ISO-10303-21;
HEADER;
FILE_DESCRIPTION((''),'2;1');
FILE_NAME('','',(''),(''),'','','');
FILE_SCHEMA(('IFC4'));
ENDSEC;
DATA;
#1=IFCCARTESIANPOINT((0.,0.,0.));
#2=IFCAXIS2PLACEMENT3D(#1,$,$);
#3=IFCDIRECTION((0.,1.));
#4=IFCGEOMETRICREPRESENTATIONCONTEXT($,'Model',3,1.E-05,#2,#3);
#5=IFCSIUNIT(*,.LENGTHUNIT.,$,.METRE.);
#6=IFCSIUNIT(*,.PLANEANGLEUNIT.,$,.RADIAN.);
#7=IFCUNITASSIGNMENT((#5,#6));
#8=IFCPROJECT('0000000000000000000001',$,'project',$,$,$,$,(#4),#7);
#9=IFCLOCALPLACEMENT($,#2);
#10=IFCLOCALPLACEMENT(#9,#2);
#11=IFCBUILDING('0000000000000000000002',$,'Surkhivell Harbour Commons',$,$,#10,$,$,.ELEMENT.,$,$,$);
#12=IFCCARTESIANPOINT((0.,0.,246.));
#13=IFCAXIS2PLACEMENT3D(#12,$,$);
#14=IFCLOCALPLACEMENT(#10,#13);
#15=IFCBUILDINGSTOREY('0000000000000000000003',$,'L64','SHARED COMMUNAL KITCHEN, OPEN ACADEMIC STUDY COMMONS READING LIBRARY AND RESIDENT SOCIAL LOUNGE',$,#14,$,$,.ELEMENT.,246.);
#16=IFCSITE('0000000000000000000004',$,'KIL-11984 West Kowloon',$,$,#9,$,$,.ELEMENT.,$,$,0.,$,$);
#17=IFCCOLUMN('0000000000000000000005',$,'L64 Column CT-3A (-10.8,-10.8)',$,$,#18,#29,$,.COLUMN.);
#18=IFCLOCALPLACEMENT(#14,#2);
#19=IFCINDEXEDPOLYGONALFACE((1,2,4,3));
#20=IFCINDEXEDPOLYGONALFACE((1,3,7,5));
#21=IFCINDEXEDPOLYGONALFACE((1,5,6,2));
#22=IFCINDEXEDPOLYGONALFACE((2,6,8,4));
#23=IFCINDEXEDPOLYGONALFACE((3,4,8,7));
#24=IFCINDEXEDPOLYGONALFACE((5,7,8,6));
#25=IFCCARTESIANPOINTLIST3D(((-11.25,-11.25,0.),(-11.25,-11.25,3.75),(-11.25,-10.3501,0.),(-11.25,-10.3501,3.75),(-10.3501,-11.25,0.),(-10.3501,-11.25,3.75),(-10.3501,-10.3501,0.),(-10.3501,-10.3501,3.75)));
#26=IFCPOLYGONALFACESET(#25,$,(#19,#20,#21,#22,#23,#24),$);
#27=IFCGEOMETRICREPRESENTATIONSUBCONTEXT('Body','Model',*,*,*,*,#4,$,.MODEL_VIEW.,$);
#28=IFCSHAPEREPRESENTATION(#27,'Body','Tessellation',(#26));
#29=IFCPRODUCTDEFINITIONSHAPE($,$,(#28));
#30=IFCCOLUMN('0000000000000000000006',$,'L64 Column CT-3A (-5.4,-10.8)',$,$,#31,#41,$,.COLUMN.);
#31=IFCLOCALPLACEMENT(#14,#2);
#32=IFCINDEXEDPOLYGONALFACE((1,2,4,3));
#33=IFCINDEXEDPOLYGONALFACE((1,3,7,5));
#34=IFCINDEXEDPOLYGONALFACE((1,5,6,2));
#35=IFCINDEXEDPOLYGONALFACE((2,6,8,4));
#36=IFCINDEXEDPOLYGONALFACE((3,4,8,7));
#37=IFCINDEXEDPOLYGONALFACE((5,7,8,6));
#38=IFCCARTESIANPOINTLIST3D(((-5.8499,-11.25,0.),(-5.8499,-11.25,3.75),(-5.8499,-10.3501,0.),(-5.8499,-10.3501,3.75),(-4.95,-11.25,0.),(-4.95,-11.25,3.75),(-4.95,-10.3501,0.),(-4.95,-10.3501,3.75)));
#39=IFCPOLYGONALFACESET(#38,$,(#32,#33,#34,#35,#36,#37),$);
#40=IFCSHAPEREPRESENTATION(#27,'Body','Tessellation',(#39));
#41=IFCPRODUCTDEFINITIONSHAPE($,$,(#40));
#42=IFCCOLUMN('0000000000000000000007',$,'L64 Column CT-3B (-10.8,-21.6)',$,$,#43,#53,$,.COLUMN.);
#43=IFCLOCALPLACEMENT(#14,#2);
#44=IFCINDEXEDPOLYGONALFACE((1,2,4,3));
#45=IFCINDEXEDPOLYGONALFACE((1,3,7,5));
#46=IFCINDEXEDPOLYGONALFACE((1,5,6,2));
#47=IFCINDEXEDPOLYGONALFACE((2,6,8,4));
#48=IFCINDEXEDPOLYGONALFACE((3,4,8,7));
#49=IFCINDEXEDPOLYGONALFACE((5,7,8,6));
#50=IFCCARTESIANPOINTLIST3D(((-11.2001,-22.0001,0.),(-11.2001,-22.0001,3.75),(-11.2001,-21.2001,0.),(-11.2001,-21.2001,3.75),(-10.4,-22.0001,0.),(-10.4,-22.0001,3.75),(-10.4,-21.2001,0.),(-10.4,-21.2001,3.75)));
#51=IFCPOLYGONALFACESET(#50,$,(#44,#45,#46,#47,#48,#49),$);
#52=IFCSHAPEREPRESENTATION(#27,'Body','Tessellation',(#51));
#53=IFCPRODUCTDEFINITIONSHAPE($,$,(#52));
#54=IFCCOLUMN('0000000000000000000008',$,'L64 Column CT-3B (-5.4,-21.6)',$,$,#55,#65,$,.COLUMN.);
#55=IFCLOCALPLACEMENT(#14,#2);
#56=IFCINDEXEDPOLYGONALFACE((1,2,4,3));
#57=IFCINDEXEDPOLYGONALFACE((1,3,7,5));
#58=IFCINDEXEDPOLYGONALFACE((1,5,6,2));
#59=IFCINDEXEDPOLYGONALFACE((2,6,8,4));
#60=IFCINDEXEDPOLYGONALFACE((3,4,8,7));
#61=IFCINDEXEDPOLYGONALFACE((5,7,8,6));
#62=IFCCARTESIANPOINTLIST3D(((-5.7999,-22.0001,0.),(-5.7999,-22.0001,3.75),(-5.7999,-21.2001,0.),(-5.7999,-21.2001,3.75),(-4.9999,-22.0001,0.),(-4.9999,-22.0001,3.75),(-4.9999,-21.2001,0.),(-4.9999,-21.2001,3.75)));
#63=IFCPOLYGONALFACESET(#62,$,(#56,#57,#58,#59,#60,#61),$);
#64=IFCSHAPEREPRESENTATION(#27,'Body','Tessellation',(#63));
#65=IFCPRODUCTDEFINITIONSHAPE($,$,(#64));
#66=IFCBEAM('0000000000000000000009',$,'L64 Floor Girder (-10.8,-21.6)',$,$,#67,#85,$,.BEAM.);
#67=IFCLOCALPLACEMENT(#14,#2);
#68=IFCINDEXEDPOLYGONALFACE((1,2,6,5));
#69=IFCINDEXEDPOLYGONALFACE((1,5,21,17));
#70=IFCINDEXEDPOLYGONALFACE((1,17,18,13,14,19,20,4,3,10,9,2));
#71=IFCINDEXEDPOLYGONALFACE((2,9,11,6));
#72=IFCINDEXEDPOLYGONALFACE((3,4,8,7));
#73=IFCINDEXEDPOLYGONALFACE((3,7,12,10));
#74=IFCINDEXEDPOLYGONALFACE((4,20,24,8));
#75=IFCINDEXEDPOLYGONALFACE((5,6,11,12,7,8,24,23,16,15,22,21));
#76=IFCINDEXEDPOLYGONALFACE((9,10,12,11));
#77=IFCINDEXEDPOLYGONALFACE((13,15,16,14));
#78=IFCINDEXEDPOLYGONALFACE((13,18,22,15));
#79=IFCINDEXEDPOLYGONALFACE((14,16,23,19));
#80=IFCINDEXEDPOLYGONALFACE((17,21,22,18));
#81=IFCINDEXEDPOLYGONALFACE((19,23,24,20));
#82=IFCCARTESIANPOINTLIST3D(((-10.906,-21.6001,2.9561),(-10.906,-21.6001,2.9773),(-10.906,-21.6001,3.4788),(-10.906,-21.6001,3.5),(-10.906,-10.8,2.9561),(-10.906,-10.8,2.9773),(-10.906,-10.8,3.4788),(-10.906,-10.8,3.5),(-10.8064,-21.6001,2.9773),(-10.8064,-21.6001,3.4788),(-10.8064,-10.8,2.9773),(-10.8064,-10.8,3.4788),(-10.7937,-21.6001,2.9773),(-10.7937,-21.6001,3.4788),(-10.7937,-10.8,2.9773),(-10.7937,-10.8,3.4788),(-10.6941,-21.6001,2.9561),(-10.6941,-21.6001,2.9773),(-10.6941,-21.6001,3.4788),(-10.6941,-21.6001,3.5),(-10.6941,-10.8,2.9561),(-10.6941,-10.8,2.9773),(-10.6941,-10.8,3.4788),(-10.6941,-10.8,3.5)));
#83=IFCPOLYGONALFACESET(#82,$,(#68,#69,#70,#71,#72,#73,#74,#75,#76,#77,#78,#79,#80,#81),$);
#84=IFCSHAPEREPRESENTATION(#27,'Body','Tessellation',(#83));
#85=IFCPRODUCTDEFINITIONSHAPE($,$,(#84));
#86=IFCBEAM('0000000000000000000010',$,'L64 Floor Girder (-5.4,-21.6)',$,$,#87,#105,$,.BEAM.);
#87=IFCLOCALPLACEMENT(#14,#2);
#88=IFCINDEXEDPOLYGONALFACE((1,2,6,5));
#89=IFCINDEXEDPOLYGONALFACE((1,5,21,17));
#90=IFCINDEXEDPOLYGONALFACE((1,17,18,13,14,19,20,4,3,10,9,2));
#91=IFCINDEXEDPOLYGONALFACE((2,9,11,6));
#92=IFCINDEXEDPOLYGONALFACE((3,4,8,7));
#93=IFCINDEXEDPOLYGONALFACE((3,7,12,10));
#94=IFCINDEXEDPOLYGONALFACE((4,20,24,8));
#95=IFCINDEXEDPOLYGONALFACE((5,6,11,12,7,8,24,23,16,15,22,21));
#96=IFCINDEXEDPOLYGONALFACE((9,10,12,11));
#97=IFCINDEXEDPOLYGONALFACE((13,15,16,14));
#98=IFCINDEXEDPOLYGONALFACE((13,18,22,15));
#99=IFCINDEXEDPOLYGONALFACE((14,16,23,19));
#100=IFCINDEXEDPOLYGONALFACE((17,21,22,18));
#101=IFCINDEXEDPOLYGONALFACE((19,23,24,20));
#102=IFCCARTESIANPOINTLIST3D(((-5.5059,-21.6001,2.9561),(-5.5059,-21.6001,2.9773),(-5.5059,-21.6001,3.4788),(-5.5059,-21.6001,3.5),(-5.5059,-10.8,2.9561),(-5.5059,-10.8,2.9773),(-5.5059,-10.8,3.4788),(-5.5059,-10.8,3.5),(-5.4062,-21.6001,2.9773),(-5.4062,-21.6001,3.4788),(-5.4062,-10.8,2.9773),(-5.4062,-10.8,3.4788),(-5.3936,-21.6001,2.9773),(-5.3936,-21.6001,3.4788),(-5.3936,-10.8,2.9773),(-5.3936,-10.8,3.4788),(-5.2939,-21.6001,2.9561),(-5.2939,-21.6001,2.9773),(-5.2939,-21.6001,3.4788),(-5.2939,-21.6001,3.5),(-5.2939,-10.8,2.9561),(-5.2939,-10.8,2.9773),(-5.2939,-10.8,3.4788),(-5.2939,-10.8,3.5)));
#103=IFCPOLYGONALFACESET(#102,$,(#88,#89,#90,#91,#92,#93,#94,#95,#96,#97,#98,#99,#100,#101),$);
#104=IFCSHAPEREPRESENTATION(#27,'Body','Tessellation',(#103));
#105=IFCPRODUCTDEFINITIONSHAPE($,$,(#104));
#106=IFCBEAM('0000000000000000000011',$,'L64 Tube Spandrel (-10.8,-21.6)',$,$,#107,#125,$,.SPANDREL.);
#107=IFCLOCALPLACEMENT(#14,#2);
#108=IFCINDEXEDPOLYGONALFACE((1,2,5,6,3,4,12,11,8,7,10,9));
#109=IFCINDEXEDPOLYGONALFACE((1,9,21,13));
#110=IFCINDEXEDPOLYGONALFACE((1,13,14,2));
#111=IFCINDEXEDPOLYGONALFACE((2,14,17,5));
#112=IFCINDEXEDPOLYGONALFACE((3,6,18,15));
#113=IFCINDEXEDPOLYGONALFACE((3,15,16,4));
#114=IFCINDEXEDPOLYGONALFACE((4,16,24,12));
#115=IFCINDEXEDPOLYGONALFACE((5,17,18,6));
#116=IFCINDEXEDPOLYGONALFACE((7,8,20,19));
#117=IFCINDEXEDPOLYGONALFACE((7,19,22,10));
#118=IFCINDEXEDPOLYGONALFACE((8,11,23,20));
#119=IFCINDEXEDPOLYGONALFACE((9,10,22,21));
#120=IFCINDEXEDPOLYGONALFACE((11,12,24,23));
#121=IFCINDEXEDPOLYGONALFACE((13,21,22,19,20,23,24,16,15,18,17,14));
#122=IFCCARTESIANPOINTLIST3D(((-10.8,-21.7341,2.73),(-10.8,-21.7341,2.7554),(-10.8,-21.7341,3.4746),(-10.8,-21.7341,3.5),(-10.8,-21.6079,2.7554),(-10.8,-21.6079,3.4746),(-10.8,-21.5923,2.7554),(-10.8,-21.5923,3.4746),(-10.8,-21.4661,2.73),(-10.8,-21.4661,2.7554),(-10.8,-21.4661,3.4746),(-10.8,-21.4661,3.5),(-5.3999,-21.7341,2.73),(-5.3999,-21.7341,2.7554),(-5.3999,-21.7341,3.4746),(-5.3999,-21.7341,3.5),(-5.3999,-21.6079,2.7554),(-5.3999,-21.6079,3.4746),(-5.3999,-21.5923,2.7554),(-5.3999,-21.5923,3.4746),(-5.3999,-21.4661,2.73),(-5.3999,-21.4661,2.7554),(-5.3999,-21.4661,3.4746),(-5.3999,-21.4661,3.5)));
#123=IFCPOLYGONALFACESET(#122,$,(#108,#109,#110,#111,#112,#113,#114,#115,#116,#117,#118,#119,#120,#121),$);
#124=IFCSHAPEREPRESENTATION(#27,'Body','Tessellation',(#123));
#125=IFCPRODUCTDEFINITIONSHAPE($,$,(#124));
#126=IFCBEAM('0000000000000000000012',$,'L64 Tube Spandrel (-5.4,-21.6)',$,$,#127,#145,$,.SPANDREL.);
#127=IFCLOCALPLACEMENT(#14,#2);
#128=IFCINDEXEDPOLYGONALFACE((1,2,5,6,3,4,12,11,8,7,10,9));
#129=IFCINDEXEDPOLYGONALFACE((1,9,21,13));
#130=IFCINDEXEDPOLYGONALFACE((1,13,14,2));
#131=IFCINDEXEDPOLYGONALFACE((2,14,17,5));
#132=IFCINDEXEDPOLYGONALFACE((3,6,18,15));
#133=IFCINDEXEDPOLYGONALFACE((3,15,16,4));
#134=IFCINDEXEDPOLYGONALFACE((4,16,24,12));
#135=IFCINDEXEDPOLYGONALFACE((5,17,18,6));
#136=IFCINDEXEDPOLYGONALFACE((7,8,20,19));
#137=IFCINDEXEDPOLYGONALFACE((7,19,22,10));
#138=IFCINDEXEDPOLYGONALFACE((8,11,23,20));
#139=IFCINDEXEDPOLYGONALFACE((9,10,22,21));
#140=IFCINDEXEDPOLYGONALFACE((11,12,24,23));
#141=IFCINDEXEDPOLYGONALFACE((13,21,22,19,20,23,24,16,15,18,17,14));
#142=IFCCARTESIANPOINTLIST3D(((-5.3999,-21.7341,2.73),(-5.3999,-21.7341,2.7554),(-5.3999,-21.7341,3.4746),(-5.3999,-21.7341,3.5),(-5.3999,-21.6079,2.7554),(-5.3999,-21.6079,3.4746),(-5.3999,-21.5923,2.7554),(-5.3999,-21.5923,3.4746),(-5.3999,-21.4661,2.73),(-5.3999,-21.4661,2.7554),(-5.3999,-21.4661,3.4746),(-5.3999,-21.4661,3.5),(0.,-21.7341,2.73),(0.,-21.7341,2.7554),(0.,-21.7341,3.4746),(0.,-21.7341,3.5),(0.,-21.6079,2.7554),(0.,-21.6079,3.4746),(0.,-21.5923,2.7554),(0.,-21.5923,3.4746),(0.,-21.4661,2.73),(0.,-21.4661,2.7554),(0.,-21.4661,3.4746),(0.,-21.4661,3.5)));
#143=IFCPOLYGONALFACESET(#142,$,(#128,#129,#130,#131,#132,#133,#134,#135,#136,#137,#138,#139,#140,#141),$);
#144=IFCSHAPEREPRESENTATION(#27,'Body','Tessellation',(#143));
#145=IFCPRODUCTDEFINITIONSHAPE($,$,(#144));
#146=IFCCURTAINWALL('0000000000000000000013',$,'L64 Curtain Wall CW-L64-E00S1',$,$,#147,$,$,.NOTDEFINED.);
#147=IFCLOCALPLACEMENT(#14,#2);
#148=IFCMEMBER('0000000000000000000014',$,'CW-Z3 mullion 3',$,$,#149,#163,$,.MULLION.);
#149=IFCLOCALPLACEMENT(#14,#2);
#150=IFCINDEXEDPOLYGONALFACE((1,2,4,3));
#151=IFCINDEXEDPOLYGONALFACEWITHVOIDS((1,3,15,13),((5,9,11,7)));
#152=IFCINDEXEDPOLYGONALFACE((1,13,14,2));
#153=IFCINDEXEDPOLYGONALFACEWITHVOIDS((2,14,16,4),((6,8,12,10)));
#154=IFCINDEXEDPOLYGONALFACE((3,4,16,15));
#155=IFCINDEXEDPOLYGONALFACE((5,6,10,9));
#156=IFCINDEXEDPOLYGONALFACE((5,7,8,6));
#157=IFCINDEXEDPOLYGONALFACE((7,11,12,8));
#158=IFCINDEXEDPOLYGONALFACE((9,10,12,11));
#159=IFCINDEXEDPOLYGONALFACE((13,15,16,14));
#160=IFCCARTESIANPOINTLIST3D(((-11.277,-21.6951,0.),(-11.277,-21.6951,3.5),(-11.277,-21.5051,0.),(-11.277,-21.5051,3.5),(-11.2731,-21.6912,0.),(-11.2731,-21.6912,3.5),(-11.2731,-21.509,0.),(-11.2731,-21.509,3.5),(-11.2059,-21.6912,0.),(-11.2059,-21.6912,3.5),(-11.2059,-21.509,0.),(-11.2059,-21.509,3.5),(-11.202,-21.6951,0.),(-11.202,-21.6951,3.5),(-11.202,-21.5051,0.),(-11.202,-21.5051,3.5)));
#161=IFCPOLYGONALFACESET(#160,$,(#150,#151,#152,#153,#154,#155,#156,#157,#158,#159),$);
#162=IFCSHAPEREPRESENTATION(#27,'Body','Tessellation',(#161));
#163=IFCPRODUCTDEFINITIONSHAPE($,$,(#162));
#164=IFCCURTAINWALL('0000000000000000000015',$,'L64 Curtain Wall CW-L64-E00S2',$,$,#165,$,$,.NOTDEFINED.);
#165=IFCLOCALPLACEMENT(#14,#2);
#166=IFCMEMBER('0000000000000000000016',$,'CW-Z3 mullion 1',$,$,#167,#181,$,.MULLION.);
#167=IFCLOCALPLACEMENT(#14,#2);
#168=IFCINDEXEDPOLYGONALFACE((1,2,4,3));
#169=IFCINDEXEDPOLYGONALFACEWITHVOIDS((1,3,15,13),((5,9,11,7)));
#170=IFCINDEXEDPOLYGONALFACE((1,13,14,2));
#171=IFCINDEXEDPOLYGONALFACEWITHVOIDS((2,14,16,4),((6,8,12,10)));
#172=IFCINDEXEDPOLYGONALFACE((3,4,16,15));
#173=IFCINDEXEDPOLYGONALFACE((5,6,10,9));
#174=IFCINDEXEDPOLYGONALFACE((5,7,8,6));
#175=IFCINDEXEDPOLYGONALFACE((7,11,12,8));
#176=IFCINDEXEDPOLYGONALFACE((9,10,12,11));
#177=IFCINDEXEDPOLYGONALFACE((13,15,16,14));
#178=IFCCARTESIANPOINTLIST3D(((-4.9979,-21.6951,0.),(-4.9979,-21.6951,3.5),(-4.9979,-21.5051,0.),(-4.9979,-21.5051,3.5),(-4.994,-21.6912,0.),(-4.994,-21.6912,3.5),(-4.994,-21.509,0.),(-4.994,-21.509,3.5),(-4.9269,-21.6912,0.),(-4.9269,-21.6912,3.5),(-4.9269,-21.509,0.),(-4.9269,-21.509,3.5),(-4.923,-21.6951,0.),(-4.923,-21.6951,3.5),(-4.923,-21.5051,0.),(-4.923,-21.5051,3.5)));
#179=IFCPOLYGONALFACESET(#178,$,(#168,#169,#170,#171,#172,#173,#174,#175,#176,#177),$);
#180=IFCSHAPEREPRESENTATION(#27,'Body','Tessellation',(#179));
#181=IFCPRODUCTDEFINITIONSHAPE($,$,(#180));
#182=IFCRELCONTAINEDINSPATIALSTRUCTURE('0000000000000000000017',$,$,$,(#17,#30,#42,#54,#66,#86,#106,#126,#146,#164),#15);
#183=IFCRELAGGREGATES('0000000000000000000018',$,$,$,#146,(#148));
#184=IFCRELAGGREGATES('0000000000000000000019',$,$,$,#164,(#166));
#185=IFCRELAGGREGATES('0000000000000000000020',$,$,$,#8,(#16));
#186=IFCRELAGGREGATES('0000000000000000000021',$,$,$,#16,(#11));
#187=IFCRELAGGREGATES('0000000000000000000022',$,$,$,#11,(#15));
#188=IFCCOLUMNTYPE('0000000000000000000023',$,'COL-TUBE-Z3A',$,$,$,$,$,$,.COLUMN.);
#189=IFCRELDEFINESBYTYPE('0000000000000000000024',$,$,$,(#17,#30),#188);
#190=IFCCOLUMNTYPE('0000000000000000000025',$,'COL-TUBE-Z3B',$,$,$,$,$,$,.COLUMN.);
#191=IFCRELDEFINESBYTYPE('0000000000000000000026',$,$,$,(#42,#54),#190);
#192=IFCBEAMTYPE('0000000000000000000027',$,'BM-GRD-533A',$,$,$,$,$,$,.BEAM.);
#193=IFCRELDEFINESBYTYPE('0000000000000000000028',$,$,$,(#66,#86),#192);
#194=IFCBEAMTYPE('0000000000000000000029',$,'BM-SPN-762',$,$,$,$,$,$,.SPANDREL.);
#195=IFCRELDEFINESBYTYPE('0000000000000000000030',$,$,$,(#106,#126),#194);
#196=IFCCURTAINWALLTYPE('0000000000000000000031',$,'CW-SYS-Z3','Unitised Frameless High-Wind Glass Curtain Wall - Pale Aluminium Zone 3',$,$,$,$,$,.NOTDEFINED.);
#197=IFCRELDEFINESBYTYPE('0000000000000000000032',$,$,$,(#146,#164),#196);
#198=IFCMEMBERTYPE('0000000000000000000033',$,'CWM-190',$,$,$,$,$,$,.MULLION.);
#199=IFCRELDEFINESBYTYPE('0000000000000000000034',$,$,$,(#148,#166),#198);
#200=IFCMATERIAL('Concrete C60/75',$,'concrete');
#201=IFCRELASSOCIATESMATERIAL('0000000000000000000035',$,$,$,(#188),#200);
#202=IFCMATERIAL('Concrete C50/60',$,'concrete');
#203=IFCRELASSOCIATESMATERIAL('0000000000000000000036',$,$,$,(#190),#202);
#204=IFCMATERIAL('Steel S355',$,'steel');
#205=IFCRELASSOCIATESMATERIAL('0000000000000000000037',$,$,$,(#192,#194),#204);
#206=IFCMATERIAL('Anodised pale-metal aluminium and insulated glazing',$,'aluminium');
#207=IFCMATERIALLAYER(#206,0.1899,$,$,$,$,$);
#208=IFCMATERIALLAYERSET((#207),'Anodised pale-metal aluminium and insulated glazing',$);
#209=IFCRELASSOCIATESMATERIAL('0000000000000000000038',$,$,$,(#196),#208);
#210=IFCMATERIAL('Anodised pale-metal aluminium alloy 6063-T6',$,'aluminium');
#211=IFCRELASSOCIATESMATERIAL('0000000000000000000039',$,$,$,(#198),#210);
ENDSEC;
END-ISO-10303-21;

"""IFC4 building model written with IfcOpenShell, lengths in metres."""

from ifc_helpers import new_model, si_unit, direction, frame, origin, origin_2d, place, context, subcontext, project, spatial, rectangle, hollow_rectangle, i_section, extrude, material, layer, layer_set, material_profile, profile_set, type_object, element, aggregate, save


model = new_model("IFC4")

# Units and contexts
model_context = context("Model", 3, precision=1e-05, world=origin(), true_north=direction((0.0, 1.0)))
body_context = subcontext(model_context, "Body", "Model", "MODEL_VIEW")
ifc_project = project(units=[si_unit("LENGTHUNIT", "METRE"), si_unit("PLANEANGLEUNIT", "RADIAN")], contexts=[model_context])

# Site, building, storey
site_placement = place(None, origin())
site = spatial("IfcSite", under=ifc_project, at=site_placement, Name="KIL-11984 West Kowloon", CompositionType="ELEMENT", RefElevation=0.0)
building_placement = place(site_placement, origin())
building = spatial("IfcBuilding", under=site, at=building_placement, Name="Surkhivell Harbour Commons", CompositionType="ELEMENT")
storey_placement = place(building_placement, frame((0.0, 0.0, 246.0)))
storey = spatial("IfcBuildingStorey", under=building, at=storey_placement, Name="L64", Description="SHARED COMMUNAL KITCHEN, OPEN ACADEMIC STUDY COMMONS READING LIBRARY AND RESIDENT SOCIAL LOUNGE", CompositionType="ELEMENT", Elevation=246.0)

# Columns
ifc_material_1 = material(Name="Concrete C60/75", Category="concrete")
ifc_material_profile_1 = material_profile(ifc_material_1, rectangle(XDim=0.8999, YDim=0.8999, at=origin_2d()), Name="RC-COL-900x900")
ifc_profile_set_1 = profile_set([ifc_material_profile_1], Name="Concrete C60/75")
column_type_1 = type_object("IfcColumnType", Name="COL-TUBE-Z3A", PredefinedType="COLUMN", material=ifc_profile_set_1)
for number, where, z_axis, x_axis, name in (
    (1, (-10.8, -10.8, 0.0), (0.0, 0.0, 1.0), (1.0, 0.0, 0.0), "L64 Column CT-3A (-10.8,-10.8)"),
    (2, (-5.3999, -10.8, 0.0), (0.0, 0.0, 1.0), (1.0, 0.0, 0.0), "L64 Column CT-3A (-5.4,-10.8)"),
):
    element("IfcColumn", number, at=place(storey_placement, frame(where, z_axis=z_axis, x_axis=x_axis)), inside=storey, type_object=column_type_1, Name=name, PredefinedType="COLUMN", context=body_context, shape_type="SweptSolid", body=[
        extrude(rectangle(XDim=0.8999, YDim=0.8999, at=origin_2d()), origin(), (0.0, 0.0, 1.0), 3.75),
    ])
ifc_material_2 = material(Name="Concrete C50/60", Category="concrete")
ifc_material_profile_2 = material_profile(ifc_material_2, rectangle(XDim=0.8, YDim=0.8, at=origin_2d()), Name="RC-COL-800x800")
ifc_profile_set_2 = profile_set([ifc_material_profile_2], Name="Concrete C50/60")
column_type_2 = type_object("IfcColumnType", Name="COL-TUBE-Z3B", PredefinedType="COLUMN", material=ifc_profile_set_2)
for number, where, z_axis, x_axis, name in (
    (3, (-10.8, -21.6001, 0.0), (0.0, 0.0, 1.0), (1.0, 0.0, 0.0), "L64 Column CT-3B (-10.8,-21.6)"),
    (4, (-5.3999, -21.6001, 0.0), (0.0, 0.0, 1.0), (1.0, 0.0, 0.0), "L64 Column CT-3B (-5.4,-21.6)"),
):
    element("IfcColumn", number, at=place(storey_placement, frame(where, z_axis=z_axis, x_axis=x_axis)), inside=storey, type_object=column_type_2, Name=name, PredefinedType="COLUMN", context=body_context, shape_type="SweptSolid", body=[
        extrude(rectangle(XDim=0.8, YDim=0.8, at=origin_2d()), origin(), (0.0, 0.0, 1.0), 3.75),
    ])

# Beams
ifc_material_3 = material(Name="Steel S355", Category="steel")
ifc_material_profile_3 = material_profile(ifc_material_3, i_section(OverallWidth=0.2119, OverallDepth=0.5439, WebThickness=0.0127, FlangeThickness=0.0212, at=origin_2d()), Name="UB533x210x122")
ifc_profile_set_3 = profile_set([ifc_material_profile_3], Name="Steel S355")
beam_type_1 = type_object("IfcBeamType", Name="BM-GRD-533A", PredefinedType="BEAM", material=ifc_profile_set_3)
for number, where, z_axis, x_axis, name in (
    (5, (-10.8, -21.6001, 3.228), (0.0, 1.0, 0.0), (-1.0, 0.0, 0.0), "L64 Floor Girder (-10.8,-21.6)"),
    (6, (-5.3999, -21.6001, 3.228), (0.0, 1.0, 0.0), (-1.0, 0.0, 0.0), "L64 Floor Girder (-5.4,-21.6)"),
):
    element("IfcBeam", number, at=place(storey_placement, frame(where, z_axis=z_axis, x_axis=x_axis)), inside=storey, type_object=beam_type_1, Name=name, PredefinedType="BEAM", context=body_context, shape_type="SweptSolid", body=[
        extrude(i_section(OverallWidth=0.2119, OverallDepth=0.5439, WebThickness=0.0127, FlangeThickness=0.0212, at=origin_2d()), origin(), (0.0, 0.0, 1.0), 10.8),
    ])
ifc_material_profile_4 = material_profile(ifc_material_3, i_section(OverallWidth=0.2681, OverallDepth=0.77, WebThickness=0.0156, FlangeThickness=0.0254, at=origin_2d()), Name="UB762x267x197")
ifc_profile_set_4 = profile_set([ifc_material_profile_4], Name="Steel S355")
beam_type_2 = type_object("IfcBeamType", Name="BM-SPN-762", PredefinedType="SPANDREL", material=ifc_profile_set_4)
beam_1_placement = place(storey_placement, frame((-10.8, -21.6001, 3.115), z_axis=(1.0, 0.0, 0.0), x_axis=(0.0, 1.0, 0.0)))
element("IfcBeam", 7, at=beam_1_placement, inside=storey, type_object=beam_type_2, Name="L64 Tube Spandrel (-10.8,-21.6)", PredefinedType="SPANDREL", context=body_context, shape_type="SweptSolid", body=[
    extrude(i_section(OverallWidth=0.2681, OverallDepth=0.77, WebThickness=0.0156, FlangeThickness=0.0254, at=origin_2d()), origin(), (0.0, 0.0, 1.0), 5.4001),
])
beam_2_placement = place(storey_placement, frame((-5.3999, -21.6001, 3.115), z_axis=(1.0, 0.0, 0.0), x_axis=(0.0, 1.0, 0.0)))
element("IfcBeam", 8, at=beam_2_placement, inside=storey, type_object=beam_type_2, Name="L64 Tube Spandrel (-5.4,-21.6)", PredefinedType="SPANDREL", context=body_context, shape_type="SweptSolid", body=[
    extrude(i_section(OverallWidth=0.2681, OverallDepth=0.77, WebThickness=0.0156, FlangeThickness=0.0254, at=origin_2d()), origin(), (0.0, 0.0, 1.0), 5.3999),
])

# Curtain wall, member
ifc_material_4 = material(Name="Anodised pale-metal aluminium and insulated glazing", Category="aluminium")
ifc_layer_1 = layer(ifc_material_4, 0.1899)
ifc_layer_set_1 = layer_set([ifc_layer_1], Name="Anodised pale-metal aluminium and insulated glazing")
curtain_wall_type = type_object("IfcCurtainWallType", Name="CW-SYS-Z3", Description="Unitised Frameless High-Wind Glass Curtain Wall - Pale Aluminium Zone 3", PredefinedType="NOTDEFINED", material=ifc_layer_set_1)
curtain_wall_1_placement = place(storey_placement, origin())
curtain_wall_1 = element("IfcCurtainWall", 9, at=curtain_wall_1_placement, inside=storey, type_object=curtain_wall_type, Name="L64 Curtain Wall CW-L64-E00S1", PredefinedType="NOTDEFINED")
ifc_material_5 = material(Name="Anodised pale-metal aluminium alloy 6063-T6", Category="aluminium")
ifc_material_profile_5 = material_profile(ifc_material_5, hollow_rectangle(XDim=0.075, YDim=0.1899, WallThickness=0.0039, at=origin_2d()), Name="ALU-MULL-75x190")
ifc_profile_set_5 = profile_set([ifc_material_profile_5], Name="Anodised pale-metal aluminium alloy 6063-T6")
member_type_1 = type_object("IfcMemberType", Name="CWM-190", PredefinedType="MULLION", material=ifc_profile_set_5)
member_1_placement = place(storey_placement, frame((-11.2395, -21.6001, 0.0), z_axis=(0.0, 0.0, 1.0), x_axis=(1.0, 0.0, 0.0)))
member_1 = element("IfcMember", 10, at=member_1_placement, type_object=member_type_1, Name="CW-Z3 mullion 3", PredefinedType="MULLION", context=body_context, shape_type="SweptSolid", body=[
    extrude(hollow_rectangle(XDim=0.075, YDim=0.1899, WallThickness=0.0039, at=origin_2d()), origin(), (0.0, 0.0, 1.0), 3.5),
])
aggregate(curtain_wall_1, [member_1])

# Curtain wall, member
curtain_wall_2_placement = place(storey_placement, origin())
curtain_wall_2 = element("IfcCurtainWall", 11, at=curtain_wall_2_placement, inside=storey, type_object=curtain_wall_type, Name="L64 Curtain Wall CW-L64-E00S2", PredefinedType="NOTDEFINED")
member_2_placement = place(storey_placement, frame((-4.9604, -21.6001, 0.0), z_axis=(0.0, 0.0, 1.0), x_axis=(1.0, 0.0, 0.0)))
member_2 = element("IfcMember", 12, at=member_2_placement, type_object=member_type_1, Name="CW-Z3 mullion 1", PredefinedType="MULLION", context=body_context, shape_type="SweptSolid", body=[
    extrude(hollow_rectangle(XDim=0.075, YDim=0.1899, WallThickness=0.0039, at=origin_2d()), origin(), (0.0, 0.0, 1.0), 3.5),
])

aggregate(curtain_wall_2, [member_2])

save(model, "model.ifc")
